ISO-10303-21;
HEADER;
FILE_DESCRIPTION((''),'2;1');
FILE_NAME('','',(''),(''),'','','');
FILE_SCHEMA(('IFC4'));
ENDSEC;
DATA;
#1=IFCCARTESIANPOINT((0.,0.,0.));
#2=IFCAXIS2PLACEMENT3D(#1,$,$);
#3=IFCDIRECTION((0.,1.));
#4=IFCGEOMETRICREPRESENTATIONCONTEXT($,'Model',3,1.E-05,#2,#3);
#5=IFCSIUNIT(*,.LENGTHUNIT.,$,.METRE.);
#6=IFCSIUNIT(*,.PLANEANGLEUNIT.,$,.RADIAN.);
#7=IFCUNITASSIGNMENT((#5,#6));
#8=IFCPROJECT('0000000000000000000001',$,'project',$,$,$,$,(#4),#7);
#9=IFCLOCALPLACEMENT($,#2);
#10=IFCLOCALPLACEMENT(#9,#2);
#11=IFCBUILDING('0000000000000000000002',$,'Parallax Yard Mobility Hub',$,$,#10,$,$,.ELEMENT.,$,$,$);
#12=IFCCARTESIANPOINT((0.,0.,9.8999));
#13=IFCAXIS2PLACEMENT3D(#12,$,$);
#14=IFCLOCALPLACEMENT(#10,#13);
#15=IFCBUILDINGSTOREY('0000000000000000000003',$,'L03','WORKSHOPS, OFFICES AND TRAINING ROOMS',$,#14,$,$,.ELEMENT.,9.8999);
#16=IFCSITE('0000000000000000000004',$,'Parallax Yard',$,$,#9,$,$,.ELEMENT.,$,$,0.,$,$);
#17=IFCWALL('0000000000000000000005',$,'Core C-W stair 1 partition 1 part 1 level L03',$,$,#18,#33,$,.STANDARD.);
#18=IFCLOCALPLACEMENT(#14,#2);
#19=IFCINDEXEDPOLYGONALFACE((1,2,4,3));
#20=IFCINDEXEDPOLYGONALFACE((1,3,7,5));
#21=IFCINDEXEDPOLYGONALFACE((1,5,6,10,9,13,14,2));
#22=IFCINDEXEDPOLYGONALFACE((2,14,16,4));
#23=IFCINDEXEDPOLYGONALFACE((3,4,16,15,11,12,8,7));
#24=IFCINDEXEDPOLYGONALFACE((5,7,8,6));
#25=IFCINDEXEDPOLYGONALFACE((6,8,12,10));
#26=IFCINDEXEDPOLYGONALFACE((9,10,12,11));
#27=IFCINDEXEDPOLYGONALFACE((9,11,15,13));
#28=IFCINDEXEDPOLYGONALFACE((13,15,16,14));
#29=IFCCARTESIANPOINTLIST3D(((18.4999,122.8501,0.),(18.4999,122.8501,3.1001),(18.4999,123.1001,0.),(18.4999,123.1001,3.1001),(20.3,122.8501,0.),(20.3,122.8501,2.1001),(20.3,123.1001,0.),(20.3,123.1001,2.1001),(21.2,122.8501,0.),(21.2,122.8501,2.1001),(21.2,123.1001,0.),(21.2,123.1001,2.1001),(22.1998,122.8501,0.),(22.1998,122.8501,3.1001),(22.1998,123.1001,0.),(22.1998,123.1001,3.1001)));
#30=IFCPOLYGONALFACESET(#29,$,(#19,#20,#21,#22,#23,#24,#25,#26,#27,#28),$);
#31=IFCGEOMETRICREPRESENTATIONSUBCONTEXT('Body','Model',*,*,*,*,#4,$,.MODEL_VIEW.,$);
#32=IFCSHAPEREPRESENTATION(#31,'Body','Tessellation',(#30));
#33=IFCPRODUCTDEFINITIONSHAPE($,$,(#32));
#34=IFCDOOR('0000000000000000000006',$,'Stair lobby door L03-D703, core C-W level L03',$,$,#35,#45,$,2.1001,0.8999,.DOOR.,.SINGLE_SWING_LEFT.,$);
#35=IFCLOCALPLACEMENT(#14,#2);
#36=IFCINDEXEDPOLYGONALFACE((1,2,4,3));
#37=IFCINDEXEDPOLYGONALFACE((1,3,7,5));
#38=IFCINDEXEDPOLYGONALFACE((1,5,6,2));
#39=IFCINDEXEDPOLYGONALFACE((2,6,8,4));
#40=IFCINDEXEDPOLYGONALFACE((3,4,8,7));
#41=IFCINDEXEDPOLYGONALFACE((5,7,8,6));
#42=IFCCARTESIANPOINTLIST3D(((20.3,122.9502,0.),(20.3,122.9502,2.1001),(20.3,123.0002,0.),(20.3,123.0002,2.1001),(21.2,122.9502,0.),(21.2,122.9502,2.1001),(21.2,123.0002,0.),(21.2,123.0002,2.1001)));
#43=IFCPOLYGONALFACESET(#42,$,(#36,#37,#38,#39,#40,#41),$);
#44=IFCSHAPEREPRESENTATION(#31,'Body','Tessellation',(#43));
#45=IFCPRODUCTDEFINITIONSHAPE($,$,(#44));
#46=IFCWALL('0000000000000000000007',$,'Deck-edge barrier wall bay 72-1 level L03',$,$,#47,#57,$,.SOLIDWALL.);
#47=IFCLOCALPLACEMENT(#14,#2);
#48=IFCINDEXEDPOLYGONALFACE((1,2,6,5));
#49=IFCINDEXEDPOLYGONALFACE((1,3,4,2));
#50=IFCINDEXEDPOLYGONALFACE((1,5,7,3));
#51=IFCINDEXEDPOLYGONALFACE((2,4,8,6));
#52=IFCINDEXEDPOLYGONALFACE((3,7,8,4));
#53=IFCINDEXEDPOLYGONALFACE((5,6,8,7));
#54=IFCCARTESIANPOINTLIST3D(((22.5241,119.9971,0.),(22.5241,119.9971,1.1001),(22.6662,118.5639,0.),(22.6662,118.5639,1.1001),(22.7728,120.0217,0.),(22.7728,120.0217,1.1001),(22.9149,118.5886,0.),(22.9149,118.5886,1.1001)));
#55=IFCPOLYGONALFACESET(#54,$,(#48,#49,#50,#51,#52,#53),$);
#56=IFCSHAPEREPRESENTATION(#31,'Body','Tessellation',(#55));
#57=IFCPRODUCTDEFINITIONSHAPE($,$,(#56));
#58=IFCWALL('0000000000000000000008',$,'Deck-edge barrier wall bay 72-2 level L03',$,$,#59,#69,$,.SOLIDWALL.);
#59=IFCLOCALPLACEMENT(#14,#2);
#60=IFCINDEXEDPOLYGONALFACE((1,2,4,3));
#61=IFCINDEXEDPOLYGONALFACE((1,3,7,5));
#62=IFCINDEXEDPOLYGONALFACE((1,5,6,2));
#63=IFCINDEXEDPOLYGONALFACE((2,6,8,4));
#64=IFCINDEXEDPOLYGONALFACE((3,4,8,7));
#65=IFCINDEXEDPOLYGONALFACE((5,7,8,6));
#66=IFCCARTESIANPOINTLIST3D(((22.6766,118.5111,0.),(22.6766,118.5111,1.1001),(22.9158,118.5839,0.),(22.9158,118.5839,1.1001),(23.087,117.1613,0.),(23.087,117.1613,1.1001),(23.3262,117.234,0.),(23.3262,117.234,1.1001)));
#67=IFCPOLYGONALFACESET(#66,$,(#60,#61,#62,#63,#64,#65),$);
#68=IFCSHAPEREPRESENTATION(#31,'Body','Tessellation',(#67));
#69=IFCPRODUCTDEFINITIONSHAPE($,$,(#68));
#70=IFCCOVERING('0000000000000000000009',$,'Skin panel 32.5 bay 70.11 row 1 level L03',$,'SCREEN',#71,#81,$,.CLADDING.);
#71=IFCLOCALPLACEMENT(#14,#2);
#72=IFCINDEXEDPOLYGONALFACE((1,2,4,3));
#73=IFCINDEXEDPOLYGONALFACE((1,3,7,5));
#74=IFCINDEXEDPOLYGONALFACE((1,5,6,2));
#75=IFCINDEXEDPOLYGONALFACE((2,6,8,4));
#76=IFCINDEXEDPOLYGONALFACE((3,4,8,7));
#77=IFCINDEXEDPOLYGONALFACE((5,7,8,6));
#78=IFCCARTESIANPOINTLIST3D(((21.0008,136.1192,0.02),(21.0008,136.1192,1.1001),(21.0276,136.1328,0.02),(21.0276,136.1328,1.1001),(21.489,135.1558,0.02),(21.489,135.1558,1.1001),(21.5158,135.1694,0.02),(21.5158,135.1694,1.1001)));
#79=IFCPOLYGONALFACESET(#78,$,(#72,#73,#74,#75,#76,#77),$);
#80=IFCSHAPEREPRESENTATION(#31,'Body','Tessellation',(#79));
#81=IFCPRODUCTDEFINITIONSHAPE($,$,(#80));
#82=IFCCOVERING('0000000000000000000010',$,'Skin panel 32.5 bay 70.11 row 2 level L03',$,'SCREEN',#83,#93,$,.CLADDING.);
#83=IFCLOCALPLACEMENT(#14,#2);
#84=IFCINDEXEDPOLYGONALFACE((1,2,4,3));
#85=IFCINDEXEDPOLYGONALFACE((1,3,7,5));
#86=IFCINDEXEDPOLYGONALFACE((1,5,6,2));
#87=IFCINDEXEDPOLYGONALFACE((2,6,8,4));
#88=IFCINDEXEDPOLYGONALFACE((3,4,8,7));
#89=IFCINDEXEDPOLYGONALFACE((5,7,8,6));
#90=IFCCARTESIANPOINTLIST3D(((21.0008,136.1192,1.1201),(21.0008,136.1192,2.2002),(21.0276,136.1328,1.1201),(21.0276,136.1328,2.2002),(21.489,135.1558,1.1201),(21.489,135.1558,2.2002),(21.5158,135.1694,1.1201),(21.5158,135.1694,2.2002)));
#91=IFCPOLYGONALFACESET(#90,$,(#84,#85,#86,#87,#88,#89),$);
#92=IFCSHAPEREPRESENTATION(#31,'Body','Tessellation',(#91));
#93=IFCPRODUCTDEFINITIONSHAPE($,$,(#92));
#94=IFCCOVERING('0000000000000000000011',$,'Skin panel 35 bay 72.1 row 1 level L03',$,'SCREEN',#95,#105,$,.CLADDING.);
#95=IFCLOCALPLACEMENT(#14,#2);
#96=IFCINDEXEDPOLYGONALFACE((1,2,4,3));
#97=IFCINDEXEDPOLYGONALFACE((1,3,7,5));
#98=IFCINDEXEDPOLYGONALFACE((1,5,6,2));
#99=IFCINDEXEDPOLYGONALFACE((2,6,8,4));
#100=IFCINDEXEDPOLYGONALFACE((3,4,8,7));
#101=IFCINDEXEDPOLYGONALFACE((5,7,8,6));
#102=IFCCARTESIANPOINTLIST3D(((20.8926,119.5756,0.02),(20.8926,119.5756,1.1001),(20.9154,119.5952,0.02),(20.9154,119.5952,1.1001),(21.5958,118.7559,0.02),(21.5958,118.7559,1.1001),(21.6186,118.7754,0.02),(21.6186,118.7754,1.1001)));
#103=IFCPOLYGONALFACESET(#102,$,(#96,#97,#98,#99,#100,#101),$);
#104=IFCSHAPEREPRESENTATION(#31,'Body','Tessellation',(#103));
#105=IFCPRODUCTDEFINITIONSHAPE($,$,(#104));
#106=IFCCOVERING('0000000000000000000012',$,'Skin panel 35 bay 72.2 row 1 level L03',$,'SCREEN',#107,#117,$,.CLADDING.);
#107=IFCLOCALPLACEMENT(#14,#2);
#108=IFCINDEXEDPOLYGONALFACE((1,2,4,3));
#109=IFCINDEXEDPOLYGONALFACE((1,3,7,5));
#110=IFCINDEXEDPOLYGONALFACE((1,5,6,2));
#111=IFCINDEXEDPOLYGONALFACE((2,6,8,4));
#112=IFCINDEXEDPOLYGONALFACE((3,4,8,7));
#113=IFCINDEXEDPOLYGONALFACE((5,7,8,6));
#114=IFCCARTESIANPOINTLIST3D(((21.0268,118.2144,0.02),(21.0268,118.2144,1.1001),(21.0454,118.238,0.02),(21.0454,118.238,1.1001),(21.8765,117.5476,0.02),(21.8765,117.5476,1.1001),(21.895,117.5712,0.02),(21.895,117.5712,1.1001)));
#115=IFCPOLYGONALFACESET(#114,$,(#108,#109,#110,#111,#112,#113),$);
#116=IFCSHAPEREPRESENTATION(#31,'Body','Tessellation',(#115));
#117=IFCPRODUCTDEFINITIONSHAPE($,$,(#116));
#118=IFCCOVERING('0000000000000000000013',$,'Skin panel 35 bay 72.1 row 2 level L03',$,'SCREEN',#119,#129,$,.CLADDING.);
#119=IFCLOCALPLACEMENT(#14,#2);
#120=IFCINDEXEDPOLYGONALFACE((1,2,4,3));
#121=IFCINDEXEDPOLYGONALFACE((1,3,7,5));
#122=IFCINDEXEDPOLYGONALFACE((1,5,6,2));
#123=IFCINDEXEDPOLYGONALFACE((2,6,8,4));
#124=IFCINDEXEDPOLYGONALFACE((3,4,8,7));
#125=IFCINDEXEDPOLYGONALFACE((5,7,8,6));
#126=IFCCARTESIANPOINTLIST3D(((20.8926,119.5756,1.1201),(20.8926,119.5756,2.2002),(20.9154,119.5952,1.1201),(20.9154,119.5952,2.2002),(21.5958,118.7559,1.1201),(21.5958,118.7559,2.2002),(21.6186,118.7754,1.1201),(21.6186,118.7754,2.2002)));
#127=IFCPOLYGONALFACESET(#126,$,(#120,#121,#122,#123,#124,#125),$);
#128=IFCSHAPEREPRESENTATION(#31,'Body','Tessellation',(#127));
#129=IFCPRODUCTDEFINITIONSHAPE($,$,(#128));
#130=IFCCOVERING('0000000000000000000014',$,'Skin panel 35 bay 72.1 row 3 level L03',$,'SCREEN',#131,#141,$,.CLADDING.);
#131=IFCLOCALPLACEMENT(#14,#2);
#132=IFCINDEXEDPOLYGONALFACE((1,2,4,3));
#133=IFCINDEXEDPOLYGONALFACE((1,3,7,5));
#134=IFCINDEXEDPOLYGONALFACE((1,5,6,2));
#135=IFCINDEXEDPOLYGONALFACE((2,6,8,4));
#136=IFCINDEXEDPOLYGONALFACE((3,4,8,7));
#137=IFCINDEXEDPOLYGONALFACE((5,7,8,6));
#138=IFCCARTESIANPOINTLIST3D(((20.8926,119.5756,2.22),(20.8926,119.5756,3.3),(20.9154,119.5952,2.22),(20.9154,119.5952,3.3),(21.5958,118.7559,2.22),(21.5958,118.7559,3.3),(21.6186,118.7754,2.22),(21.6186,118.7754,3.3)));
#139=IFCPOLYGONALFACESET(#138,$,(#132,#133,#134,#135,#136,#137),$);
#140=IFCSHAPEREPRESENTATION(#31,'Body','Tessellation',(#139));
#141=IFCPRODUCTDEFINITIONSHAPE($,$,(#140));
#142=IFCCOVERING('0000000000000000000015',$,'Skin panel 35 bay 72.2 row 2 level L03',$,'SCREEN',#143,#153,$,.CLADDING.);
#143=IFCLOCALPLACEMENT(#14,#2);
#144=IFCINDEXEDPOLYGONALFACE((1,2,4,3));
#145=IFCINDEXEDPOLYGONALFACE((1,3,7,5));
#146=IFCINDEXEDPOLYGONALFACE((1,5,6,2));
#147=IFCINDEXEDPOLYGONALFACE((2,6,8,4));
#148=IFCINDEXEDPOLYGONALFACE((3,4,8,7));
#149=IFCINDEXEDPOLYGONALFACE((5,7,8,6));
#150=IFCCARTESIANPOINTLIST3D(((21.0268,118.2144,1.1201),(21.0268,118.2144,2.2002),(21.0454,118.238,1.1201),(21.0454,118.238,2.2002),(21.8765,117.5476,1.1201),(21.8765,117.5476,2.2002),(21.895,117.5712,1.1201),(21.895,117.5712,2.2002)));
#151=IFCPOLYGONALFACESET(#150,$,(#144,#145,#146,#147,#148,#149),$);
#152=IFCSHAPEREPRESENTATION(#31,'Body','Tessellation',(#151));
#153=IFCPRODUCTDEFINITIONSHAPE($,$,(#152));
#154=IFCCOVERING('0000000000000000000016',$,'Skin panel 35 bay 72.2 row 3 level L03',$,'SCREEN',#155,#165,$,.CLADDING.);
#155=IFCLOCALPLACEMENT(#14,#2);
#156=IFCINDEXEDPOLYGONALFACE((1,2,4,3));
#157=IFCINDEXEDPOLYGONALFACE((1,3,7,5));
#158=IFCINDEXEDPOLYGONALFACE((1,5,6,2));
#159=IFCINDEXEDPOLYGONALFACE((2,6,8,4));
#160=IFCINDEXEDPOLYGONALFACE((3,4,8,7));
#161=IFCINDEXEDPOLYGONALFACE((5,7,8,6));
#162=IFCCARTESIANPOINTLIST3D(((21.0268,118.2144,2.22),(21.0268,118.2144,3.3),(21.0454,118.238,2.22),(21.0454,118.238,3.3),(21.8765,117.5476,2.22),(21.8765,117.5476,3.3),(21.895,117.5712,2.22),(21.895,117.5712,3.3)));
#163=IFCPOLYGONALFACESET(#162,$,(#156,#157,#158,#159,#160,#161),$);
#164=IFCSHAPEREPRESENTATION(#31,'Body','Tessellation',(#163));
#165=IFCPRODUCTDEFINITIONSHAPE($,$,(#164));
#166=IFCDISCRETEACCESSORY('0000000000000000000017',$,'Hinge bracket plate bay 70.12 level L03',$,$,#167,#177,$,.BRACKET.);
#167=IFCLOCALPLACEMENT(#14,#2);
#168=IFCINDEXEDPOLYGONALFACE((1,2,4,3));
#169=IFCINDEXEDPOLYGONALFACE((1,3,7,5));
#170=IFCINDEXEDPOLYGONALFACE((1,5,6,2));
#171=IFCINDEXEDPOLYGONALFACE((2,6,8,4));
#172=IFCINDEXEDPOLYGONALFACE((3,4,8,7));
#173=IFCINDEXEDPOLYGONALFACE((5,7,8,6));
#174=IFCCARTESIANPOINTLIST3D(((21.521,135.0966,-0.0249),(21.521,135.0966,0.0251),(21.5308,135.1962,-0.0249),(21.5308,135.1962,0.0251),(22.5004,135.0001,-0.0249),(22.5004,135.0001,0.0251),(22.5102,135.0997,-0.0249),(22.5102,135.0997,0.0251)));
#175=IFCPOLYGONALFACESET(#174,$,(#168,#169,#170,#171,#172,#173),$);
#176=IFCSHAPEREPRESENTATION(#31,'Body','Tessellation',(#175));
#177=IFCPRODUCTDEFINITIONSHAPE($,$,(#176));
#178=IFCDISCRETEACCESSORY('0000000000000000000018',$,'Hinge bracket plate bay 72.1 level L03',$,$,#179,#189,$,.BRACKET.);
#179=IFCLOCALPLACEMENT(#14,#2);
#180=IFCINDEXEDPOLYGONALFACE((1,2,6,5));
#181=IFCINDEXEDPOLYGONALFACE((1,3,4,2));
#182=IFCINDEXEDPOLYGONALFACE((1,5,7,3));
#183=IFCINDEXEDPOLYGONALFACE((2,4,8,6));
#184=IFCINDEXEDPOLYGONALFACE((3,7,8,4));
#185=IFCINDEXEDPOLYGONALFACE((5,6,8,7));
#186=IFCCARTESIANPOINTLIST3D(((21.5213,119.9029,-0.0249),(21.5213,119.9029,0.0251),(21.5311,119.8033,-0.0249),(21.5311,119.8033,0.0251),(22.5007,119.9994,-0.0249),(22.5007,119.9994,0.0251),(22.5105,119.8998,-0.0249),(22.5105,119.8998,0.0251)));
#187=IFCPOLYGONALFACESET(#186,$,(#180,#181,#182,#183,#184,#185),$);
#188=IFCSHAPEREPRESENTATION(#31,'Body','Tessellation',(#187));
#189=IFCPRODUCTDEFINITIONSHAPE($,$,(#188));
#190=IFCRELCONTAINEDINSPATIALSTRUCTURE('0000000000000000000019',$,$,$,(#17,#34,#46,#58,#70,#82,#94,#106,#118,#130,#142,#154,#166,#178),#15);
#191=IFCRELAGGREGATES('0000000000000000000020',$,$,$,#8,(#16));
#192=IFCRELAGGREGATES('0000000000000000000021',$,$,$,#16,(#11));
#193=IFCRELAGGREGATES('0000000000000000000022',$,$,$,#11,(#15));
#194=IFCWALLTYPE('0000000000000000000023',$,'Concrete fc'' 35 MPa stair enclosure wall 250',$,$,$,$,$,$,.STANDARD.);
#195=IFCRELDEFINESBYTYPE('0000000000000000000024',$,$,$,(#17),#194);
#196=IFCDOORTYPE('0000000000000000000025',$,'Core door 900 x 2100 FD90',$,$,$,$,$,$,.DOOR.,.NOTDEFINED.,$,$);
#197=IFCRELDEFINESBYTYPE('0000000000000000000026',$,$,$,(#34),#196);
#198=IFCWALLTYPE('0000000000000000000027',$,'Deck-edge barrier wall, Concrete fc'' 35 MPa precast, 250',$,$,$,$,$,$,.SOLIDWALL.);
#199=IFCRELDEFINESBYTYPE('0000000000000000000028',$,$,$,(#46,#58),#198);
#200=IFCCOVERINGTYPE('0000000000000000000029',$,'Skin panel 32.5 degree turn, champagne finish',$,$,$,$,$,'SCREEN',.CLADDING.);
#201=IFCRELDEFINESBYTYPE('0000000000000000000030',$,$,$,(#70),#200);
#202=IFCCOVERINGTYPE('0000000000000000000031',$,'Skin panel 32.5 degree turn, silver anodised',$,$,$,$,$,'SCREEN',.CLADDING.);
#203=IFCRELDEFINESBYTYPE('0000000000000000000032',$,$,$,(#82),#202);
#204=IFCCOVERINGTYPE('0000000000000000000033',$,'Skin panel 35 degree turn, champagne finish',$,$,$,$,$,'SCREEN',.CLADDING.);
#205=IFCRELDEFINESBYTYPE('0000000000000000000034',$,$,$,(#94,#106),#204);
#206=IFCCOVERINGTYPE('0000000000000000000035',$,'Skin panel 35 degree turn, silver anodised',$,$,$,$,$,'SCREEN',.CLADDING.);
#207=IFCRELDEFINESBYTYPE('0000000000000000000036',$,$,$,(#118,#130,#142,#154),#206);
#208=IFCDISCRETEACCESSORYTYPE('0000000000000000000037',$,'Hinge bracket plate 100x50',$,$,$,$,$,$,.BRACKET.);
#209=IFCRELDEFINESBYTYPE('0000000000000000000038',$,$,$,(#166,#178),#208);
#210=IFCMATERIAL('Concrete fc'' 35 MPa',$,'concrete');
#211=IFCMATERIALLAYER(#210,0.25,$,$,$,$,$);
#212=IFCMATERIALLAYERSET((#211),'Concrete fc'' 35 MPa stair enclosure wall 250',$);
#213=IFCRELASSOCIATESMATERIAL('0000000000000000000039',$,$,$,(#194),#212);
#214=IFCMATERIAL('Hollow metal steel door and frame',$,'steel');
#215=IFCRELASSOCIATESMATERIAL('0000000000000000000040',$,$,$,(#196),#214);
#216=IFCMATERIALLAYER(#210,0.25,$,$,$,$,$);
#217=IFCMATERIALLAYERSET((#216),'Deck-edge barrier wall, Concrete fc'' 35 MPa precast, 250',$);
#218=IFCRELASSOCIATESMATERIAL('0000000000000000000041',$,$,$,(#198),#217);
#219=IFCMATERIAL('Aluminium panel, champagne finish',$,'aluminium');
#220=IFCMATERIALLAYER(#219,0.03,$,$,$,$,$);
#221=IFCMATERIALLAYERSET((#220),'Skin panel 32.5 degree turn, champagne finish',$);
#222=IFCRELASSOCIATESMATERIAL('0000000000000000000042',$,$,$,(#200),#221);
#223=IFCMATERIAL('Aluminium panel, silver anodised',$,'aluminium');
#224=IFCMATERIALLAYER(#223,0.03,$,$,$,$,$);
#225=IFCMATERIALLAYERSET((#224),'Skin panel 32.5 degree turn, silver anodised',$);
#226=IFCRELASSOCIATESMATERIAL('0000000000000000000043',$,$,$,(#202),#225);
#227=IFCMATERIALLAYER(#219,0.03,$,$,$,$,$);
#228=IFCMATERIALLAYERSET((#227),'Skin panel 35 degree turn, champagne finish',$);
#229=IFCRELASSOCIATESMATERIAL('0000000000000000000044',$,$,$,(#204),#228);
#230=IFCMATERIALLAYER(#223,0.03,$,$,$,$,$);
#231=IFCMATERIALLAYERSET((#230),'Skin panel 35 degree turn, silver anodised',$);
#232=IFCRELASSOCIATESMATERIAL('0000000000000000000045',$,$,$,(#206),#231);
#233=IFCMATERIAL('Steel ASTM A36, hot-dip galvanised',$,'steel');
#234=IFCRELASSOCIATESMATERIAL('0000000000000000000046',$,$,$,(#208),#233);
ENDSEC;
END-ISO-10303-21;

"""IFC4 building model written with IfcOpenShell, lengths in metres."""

from ifc_helpers import new_model, si_unit, direction, frame, frame_2d, origin, origin_2d, place, context, subcontext, project, spatial, rectangle, extrude, material, layer, layer_set, type_object, element, fill, save


model = new_model("IFC4")

# Units and contexts
model_context = context("Model", 3, precision=1e-05, world=origin(), true_north=direction((0.0, 1.0)))
body_context = subcontext(model_context, "Body", "Model", "MODEL_VIEW")
ifc_project = project(units=[si_unit("LENGTHUNIT", "METRE"), si_unit("PLANEANGLEUNIT", "RADIAN")], contexts=[model_context])

# Site, building, storey
site_placement = place(None, origin())
site = spatial("IfcSite", under=ifc_project, at=site_placement, Name="Parallax Yard", CompositionType="ELEMENT", RefElevation=0.0)
building_placement = place(site_placement, origin())
building = spatial("IfcBuilding", under=site, at=building_placement, Name="Parallax Yard Mobility Hub", CompositionType="ELEMENT")
storey_placement = place(building_placement, frame((0.0, 0.0, 9.8999)))
storey = spatial("IfcBuildingStorey", under=building, at=storey_placement, Name="L03", Description="WORKSHOPS, OFFICES AND TRAINING ROOMS", CompositionType="ELEMENT", Elevation=9.8999)

# Shared definitions
ifc_material_1 = material(Name="Concrete fc' 35 MPa", Category="concrete")
ifc_material_2 = material(Name="Hollow metal steel door and frame", Category="steel")

# Wall, opening, door
ifc_layer_1 = layer(ifc_material_1, 0.25)
ifc_layer_set_1 = layer_set([ifc_layer_1], Name="Concrete fc' 35 MPa stair enclosure wall 250")
wall_type_1 = type_object("IfcWallType", Name="Concrete fc' 35 MPa stair enclosure wall 250", PredefinedType="STANDARD", material=ifc_layer_set_1)
wall_1_placement = place(storey_placement, frame((22.2, 122.9751, 0.0), z_axis=(0.0, 0.0, 1.0), x_axis=(-1.0, 0.0, 0.0)))
wall_1 = element("IfcWall", 1, at=wall_1_placement, inside=storey, type_object=wall_type_1, Name="Core C-W stair 1 partition 1 part 1 level L03", PredefinedType="STANDARD", context=body_context, shape_type="SweptSolid", body=[
    extrude(rectangle(XDim=3.7, YDim=0.25, at=frame_2d((1.8501, 0.0))), origin(), (0.0, 0.0, 1.0), 3.1001),
])
opening_1_placement = place(wall_1_placement, frame((1.0, 0.0, 0.0)))
opening_1 = element("IfcOpeningElement", 2, at=opening_1_placement, cuts=wall_1, PredefinedType="OPENING", context=body_context, shape_type="SweptSolid", body=[
    extrude(rectangle(XDim=0.8999, YDim=2.1001, at=frame_2d((0.45, 1.05))), frame((0.0, 0.135, 0.0), z_axis=(0.0, -1.0, 0.0), x_axis=(1.0, 0.0, 0.0)), (0.0, 0.0, 1.0), 0.27),
])
door_type_1 = type_object("IfcDoorType", Name="Core door 900 x 2100 FD90", OperationType="NOTDEFINED", PredefinedType="DOOR", material=ifc_material_2)
door_1_placement = place(opening_1_placement, origin())
door_1 = element("IfcDoor", 3, at=door_1_placement, inside=storey, type_object=door_type_1, Name="Stair lobby door L03-D703, core C-W level L03", OperationType="SINGLE_SWING_LEFT", OverallHeight=2.1001, OverallWidth=0.8999, PredefinedType="DOOR", context=body_context, shape_type="SweptSolid", body=[
    extrude(rectangle(XDim=0.8999, YDim=2.1001, at=frame_2d((0.45, 1.05))), frame((0.0, 0.0249, 0.0), z_axis=(0.0, -1.0, 0.0), x_axis=(1.0, 0.0, 0.0)), (0.0, 0.0, 1.0), 0.05),
])
fill(opening_1, door_1)

# Walls
ifc_layer_2 = layer(ifc_material_1, 0.25)
ifc_layer_set_2 = layer_set([ifc_layer_2], Name="Deck-edge barrier wall, Concrete fc' 35 MPa precast, 250")
wall_type_2 = type_object("IfcWallType", Name="Deck-edge barrier wall, Concrete fc' 35 MPa precast, 250", PredefinedType="SOLIDWALL", material=ifc_layer_set_2)
wall_2_placement = place(storey_placement, frame((22.6484, 120.0095, 0.0), z_axis=(0.0, 0.0, 1.0), x_axis=(0.098664, -0.995121, 0.0)))
element("IfcWall", 4, at=wall_2_placement, inside=storey, type_object=wall_type_2, Name="Deck-edge barrier wall bay 72-1 level L03", PredefinedType="SOLIDWALL", context=body_context, shape_type="SweptSolid", body=[
    extrude(rectangle(XDim=1.4402, YDim=0.25, at=frame_2d((0.7202, 0.0))), origin(), (0.0, 0.0, 1.0), 1.1001),
])
wall_3_placement = place(storey_placement, frame((22.7961, 118.5476, 0.0), z_axis=(0.0, 0.0, 1.0), x_axis=(0.290886, -0.956758, 0.0)))
element("IfcWall", 5, at=wall_3_placement, inside=storey, type_object=wall_type_2, Name="Deck-edge barrier wall bay 72-2 level L03", PredefinedType="SOLIDWALL", context=body_context, shape_type="SweptSolid", body=[
    extrude(rectangle(XDim=1.4109, YDim=0.25, at=frame_2d((0.7056, 0.0))), origin(), (0.0, 0.0, 1.0), 1.1001),
])

# Coverings
ifc_material_3 = material(Name="Aluminium panel, champagne finish", Category="aluminium")
ifc_layer_3 = layer(ifc_material_3, 0.03)
ifc_layer_set_3 = layer_set([ifc_layer_3], Name="Skin panel 32.5 degree turn, champagne finish")
covering_type_1 = type_object("IfcCoveringType", Name="Skin panel 32.5 degree turn, champagne finish", ElementType="SCREEN", PredefinedType="CLADDING", material=ifc_layer_set_3)
covering_1_placement = place(storey_placement, frame((21.2583, 135.6443, 0.02), z_axis=(0.0, 0.0, 1.0), x_axis=(-0.452046, 0.891995, 0.0)))
element("IfcCovering", 6, at=covering_1_placement, inside=storey, type_object=covering_type_1, Name="Skin panel 32.5 bay 70.11 row 1 level L03", ObjectType="SCREEN", PredefinedType="CLADDING", context=body_context, shape_type="SweptSolid", body=[
    extrude(rectangle(XDim=1.0801, YDim=0.03, at=origin_2d()), origin(), (0.0, 0.0, 1.0), 1.0801),
])
ifc_material_4 = material(Name="Aluminium panel, silver anodised", Category="aluminium")
ifc_layer_4 = layer(ifc_material_4, 0.03)
ifc_layer_set_4 = layer_set([ifc_layer_4], Name="Skin panel 32.5 degree turn, silver anodised")
covering_type_2 = type_object("IfcCoveringType", Name="Skin panel 32.5 degree turn, silver anodised", ElementType="SCREEN", PredefinedType="CLADDING", material=ifc_layer_set_4)
covering_2_placement = place(storey_placement, frame((21.2583, 135.6443, 1.1201), z_axis=(0.0, 0.0, 1.0), x_axis=(-0.452046, 0.891995, 0.0)))
element("IfcCovering", 7, at=covering_2_placement, inside=storey, type_object=covering_type_2, Name="Skin panel 32.5 bay 70.11 row 2 level L03", ObjectType="SCREEN", PredefinedType="CLADDING", context=body_context, shape_type="SweptSolid", body=[
    extrude(rectangle(XDim=1.0801, YDim=0.03, at=origin_2d()), origin(), (0.0, 0.0, 1.0), 1.0801),
])
ifc_layer_5 = layer(ifc_material_3, 0.03)
ifc_layer_set_5 = layer_set([ifc_layer_5], Name="Skin panel 35 degree turn, champagne finish")
covering_type_3 = type_object("IfcCoveringType", Name="Skin panel 35 degree turn, champagne finish", ElementType="SCREEN", PredefinedType="CLADDING", material=ifc_layer_set_5)
for number, where, z_axis, x_axis, name in (
    (8, (21.2556, 119.1755, 0.02), (0.0, 0.0, 1.0), (-0.651105, 0.758987, 0.0), "Skin panel 35 bay 72.1 row 1 level L03"),
    (9, (21.4609, 117.8928, 0.02), (0.0, 0.0, 1.0), (-0.786666, 0.617379, 0.0), "Skin panel 35 bay 72.2 row 1 level L03"),
):
    element("IfcCovering", number, at=place(storey_placement, frame(where, z_axis=z_axis, x_axis=x_axis)), inside=storey, type_object=covering_type_3, Name=name, ObjectType="SCREEN", PredefinedType="CLADDING", context=body_context, shape_type="SweptSolid", body=[
        extrude(rectangle(XDim=1.0801, YDim=0.03, at=origin_2d()), origin(), (0.0, 0.0, 1.0), 1.0801),
    ])
ifc_layer_6 = layer(ifc_material_4, 0.03)
ifc_layer_set_6 = layer_set([ifc_layer_6], Name="Skin panel 35 degree turn, silver anodised")
covering_type_4 = type_object("IfcCoveringType", Name="Skin panel 35 degree turn, silver anodised", ElementType="SCREEN", PredefinedType="CLADDING", material=ifc_layer_set_6)
for number, where, z_axis, x_axis, name in (
    (10, (21.2556, 119.1755, 1.1201), (0.0, 0.0, 1.0), (-0.651105, 0.758987, 0.0), "Skin panel 35 bay 72.1 row 2 level L03"),
    (11, (21.2556, 119.1755, 2.22), (0.0, 0.0, 1.0), (-0.651105, 0.758987, 0.0), "Skin panel 35 bay 72.1 row 3 level L03"),
    (12, (21.4609, 117.8928, 1.1201), (0.0, 0.0, 1.0), (-0.786666, 0.617379, 0.0), "Skin panel 35 bay 72.2 row 2 level L03"),
    (13, (21.4609, 117.8928, 2.22), (0.0, 0.0, 1.0), (-0.786666, 0.617379, 0.0), "Skin panel 35 bay 72.2 row 3 level L03"),
):
    element("IfcCovering", number, at=place(storey_placement, frame(where, z_axis=z_axis, x_axis=x_axis)), inside=storey, type_object=covering_type_4, Name=name, ObjectType="SCREEN", PredefinedType="CLADDING", context=body_context, shape_type="SweptSolid", body=[
        extrude(rectangle(XDim=1.0801, YDim=0.03, at=origin_2d()), origin(), (0.0, 0.0, 1.0), 1.0801),
    ])

# Discrete accessories
ifc_material_5 = material(Name="Steel ASTM A36, hot-dip galvanised", Category="steel")
discrete_accessory_type_1 = type_object("IfcDiscreteAccessoryType", Name="Hinge bracket plate 100x50", PredefinedType="BRACKET", material=ifc_material_5)
for number, where, z_axis, x_axis, name in (
    (14, (22.0156, 135.0981, -0.0249), (0.0, 0.0, 1.0), (-0.995185, 0.098017, 0.0), "Hinge bracket plate bay 70.12 level L03"),
    (15, (22.0159, 119.9014, -0.0249), (0.0, 0.0, 1.0), (-0.995185, -0.098017, 0.0), "Hinge bracket plate bay 72.1 level L03"),
):
    element("IfcDiscreteAccessory", number, at=place(storey_placement, frame(where, z_axis=z_axis, x_axis=x_axis)), inside=storey, type_object=discrete_accessory_type_1, Name=name, PredefinedType="BRACKET", context=body_context, shape_type="SweptSolid", body=[
        extrude(rectangle(XDim=0.9841, YDim=0.1001, at=origin_2d()), origin(), (0.0, 0.0, 1.0), 0.05),
    ])

save(model, "model.ifc")
